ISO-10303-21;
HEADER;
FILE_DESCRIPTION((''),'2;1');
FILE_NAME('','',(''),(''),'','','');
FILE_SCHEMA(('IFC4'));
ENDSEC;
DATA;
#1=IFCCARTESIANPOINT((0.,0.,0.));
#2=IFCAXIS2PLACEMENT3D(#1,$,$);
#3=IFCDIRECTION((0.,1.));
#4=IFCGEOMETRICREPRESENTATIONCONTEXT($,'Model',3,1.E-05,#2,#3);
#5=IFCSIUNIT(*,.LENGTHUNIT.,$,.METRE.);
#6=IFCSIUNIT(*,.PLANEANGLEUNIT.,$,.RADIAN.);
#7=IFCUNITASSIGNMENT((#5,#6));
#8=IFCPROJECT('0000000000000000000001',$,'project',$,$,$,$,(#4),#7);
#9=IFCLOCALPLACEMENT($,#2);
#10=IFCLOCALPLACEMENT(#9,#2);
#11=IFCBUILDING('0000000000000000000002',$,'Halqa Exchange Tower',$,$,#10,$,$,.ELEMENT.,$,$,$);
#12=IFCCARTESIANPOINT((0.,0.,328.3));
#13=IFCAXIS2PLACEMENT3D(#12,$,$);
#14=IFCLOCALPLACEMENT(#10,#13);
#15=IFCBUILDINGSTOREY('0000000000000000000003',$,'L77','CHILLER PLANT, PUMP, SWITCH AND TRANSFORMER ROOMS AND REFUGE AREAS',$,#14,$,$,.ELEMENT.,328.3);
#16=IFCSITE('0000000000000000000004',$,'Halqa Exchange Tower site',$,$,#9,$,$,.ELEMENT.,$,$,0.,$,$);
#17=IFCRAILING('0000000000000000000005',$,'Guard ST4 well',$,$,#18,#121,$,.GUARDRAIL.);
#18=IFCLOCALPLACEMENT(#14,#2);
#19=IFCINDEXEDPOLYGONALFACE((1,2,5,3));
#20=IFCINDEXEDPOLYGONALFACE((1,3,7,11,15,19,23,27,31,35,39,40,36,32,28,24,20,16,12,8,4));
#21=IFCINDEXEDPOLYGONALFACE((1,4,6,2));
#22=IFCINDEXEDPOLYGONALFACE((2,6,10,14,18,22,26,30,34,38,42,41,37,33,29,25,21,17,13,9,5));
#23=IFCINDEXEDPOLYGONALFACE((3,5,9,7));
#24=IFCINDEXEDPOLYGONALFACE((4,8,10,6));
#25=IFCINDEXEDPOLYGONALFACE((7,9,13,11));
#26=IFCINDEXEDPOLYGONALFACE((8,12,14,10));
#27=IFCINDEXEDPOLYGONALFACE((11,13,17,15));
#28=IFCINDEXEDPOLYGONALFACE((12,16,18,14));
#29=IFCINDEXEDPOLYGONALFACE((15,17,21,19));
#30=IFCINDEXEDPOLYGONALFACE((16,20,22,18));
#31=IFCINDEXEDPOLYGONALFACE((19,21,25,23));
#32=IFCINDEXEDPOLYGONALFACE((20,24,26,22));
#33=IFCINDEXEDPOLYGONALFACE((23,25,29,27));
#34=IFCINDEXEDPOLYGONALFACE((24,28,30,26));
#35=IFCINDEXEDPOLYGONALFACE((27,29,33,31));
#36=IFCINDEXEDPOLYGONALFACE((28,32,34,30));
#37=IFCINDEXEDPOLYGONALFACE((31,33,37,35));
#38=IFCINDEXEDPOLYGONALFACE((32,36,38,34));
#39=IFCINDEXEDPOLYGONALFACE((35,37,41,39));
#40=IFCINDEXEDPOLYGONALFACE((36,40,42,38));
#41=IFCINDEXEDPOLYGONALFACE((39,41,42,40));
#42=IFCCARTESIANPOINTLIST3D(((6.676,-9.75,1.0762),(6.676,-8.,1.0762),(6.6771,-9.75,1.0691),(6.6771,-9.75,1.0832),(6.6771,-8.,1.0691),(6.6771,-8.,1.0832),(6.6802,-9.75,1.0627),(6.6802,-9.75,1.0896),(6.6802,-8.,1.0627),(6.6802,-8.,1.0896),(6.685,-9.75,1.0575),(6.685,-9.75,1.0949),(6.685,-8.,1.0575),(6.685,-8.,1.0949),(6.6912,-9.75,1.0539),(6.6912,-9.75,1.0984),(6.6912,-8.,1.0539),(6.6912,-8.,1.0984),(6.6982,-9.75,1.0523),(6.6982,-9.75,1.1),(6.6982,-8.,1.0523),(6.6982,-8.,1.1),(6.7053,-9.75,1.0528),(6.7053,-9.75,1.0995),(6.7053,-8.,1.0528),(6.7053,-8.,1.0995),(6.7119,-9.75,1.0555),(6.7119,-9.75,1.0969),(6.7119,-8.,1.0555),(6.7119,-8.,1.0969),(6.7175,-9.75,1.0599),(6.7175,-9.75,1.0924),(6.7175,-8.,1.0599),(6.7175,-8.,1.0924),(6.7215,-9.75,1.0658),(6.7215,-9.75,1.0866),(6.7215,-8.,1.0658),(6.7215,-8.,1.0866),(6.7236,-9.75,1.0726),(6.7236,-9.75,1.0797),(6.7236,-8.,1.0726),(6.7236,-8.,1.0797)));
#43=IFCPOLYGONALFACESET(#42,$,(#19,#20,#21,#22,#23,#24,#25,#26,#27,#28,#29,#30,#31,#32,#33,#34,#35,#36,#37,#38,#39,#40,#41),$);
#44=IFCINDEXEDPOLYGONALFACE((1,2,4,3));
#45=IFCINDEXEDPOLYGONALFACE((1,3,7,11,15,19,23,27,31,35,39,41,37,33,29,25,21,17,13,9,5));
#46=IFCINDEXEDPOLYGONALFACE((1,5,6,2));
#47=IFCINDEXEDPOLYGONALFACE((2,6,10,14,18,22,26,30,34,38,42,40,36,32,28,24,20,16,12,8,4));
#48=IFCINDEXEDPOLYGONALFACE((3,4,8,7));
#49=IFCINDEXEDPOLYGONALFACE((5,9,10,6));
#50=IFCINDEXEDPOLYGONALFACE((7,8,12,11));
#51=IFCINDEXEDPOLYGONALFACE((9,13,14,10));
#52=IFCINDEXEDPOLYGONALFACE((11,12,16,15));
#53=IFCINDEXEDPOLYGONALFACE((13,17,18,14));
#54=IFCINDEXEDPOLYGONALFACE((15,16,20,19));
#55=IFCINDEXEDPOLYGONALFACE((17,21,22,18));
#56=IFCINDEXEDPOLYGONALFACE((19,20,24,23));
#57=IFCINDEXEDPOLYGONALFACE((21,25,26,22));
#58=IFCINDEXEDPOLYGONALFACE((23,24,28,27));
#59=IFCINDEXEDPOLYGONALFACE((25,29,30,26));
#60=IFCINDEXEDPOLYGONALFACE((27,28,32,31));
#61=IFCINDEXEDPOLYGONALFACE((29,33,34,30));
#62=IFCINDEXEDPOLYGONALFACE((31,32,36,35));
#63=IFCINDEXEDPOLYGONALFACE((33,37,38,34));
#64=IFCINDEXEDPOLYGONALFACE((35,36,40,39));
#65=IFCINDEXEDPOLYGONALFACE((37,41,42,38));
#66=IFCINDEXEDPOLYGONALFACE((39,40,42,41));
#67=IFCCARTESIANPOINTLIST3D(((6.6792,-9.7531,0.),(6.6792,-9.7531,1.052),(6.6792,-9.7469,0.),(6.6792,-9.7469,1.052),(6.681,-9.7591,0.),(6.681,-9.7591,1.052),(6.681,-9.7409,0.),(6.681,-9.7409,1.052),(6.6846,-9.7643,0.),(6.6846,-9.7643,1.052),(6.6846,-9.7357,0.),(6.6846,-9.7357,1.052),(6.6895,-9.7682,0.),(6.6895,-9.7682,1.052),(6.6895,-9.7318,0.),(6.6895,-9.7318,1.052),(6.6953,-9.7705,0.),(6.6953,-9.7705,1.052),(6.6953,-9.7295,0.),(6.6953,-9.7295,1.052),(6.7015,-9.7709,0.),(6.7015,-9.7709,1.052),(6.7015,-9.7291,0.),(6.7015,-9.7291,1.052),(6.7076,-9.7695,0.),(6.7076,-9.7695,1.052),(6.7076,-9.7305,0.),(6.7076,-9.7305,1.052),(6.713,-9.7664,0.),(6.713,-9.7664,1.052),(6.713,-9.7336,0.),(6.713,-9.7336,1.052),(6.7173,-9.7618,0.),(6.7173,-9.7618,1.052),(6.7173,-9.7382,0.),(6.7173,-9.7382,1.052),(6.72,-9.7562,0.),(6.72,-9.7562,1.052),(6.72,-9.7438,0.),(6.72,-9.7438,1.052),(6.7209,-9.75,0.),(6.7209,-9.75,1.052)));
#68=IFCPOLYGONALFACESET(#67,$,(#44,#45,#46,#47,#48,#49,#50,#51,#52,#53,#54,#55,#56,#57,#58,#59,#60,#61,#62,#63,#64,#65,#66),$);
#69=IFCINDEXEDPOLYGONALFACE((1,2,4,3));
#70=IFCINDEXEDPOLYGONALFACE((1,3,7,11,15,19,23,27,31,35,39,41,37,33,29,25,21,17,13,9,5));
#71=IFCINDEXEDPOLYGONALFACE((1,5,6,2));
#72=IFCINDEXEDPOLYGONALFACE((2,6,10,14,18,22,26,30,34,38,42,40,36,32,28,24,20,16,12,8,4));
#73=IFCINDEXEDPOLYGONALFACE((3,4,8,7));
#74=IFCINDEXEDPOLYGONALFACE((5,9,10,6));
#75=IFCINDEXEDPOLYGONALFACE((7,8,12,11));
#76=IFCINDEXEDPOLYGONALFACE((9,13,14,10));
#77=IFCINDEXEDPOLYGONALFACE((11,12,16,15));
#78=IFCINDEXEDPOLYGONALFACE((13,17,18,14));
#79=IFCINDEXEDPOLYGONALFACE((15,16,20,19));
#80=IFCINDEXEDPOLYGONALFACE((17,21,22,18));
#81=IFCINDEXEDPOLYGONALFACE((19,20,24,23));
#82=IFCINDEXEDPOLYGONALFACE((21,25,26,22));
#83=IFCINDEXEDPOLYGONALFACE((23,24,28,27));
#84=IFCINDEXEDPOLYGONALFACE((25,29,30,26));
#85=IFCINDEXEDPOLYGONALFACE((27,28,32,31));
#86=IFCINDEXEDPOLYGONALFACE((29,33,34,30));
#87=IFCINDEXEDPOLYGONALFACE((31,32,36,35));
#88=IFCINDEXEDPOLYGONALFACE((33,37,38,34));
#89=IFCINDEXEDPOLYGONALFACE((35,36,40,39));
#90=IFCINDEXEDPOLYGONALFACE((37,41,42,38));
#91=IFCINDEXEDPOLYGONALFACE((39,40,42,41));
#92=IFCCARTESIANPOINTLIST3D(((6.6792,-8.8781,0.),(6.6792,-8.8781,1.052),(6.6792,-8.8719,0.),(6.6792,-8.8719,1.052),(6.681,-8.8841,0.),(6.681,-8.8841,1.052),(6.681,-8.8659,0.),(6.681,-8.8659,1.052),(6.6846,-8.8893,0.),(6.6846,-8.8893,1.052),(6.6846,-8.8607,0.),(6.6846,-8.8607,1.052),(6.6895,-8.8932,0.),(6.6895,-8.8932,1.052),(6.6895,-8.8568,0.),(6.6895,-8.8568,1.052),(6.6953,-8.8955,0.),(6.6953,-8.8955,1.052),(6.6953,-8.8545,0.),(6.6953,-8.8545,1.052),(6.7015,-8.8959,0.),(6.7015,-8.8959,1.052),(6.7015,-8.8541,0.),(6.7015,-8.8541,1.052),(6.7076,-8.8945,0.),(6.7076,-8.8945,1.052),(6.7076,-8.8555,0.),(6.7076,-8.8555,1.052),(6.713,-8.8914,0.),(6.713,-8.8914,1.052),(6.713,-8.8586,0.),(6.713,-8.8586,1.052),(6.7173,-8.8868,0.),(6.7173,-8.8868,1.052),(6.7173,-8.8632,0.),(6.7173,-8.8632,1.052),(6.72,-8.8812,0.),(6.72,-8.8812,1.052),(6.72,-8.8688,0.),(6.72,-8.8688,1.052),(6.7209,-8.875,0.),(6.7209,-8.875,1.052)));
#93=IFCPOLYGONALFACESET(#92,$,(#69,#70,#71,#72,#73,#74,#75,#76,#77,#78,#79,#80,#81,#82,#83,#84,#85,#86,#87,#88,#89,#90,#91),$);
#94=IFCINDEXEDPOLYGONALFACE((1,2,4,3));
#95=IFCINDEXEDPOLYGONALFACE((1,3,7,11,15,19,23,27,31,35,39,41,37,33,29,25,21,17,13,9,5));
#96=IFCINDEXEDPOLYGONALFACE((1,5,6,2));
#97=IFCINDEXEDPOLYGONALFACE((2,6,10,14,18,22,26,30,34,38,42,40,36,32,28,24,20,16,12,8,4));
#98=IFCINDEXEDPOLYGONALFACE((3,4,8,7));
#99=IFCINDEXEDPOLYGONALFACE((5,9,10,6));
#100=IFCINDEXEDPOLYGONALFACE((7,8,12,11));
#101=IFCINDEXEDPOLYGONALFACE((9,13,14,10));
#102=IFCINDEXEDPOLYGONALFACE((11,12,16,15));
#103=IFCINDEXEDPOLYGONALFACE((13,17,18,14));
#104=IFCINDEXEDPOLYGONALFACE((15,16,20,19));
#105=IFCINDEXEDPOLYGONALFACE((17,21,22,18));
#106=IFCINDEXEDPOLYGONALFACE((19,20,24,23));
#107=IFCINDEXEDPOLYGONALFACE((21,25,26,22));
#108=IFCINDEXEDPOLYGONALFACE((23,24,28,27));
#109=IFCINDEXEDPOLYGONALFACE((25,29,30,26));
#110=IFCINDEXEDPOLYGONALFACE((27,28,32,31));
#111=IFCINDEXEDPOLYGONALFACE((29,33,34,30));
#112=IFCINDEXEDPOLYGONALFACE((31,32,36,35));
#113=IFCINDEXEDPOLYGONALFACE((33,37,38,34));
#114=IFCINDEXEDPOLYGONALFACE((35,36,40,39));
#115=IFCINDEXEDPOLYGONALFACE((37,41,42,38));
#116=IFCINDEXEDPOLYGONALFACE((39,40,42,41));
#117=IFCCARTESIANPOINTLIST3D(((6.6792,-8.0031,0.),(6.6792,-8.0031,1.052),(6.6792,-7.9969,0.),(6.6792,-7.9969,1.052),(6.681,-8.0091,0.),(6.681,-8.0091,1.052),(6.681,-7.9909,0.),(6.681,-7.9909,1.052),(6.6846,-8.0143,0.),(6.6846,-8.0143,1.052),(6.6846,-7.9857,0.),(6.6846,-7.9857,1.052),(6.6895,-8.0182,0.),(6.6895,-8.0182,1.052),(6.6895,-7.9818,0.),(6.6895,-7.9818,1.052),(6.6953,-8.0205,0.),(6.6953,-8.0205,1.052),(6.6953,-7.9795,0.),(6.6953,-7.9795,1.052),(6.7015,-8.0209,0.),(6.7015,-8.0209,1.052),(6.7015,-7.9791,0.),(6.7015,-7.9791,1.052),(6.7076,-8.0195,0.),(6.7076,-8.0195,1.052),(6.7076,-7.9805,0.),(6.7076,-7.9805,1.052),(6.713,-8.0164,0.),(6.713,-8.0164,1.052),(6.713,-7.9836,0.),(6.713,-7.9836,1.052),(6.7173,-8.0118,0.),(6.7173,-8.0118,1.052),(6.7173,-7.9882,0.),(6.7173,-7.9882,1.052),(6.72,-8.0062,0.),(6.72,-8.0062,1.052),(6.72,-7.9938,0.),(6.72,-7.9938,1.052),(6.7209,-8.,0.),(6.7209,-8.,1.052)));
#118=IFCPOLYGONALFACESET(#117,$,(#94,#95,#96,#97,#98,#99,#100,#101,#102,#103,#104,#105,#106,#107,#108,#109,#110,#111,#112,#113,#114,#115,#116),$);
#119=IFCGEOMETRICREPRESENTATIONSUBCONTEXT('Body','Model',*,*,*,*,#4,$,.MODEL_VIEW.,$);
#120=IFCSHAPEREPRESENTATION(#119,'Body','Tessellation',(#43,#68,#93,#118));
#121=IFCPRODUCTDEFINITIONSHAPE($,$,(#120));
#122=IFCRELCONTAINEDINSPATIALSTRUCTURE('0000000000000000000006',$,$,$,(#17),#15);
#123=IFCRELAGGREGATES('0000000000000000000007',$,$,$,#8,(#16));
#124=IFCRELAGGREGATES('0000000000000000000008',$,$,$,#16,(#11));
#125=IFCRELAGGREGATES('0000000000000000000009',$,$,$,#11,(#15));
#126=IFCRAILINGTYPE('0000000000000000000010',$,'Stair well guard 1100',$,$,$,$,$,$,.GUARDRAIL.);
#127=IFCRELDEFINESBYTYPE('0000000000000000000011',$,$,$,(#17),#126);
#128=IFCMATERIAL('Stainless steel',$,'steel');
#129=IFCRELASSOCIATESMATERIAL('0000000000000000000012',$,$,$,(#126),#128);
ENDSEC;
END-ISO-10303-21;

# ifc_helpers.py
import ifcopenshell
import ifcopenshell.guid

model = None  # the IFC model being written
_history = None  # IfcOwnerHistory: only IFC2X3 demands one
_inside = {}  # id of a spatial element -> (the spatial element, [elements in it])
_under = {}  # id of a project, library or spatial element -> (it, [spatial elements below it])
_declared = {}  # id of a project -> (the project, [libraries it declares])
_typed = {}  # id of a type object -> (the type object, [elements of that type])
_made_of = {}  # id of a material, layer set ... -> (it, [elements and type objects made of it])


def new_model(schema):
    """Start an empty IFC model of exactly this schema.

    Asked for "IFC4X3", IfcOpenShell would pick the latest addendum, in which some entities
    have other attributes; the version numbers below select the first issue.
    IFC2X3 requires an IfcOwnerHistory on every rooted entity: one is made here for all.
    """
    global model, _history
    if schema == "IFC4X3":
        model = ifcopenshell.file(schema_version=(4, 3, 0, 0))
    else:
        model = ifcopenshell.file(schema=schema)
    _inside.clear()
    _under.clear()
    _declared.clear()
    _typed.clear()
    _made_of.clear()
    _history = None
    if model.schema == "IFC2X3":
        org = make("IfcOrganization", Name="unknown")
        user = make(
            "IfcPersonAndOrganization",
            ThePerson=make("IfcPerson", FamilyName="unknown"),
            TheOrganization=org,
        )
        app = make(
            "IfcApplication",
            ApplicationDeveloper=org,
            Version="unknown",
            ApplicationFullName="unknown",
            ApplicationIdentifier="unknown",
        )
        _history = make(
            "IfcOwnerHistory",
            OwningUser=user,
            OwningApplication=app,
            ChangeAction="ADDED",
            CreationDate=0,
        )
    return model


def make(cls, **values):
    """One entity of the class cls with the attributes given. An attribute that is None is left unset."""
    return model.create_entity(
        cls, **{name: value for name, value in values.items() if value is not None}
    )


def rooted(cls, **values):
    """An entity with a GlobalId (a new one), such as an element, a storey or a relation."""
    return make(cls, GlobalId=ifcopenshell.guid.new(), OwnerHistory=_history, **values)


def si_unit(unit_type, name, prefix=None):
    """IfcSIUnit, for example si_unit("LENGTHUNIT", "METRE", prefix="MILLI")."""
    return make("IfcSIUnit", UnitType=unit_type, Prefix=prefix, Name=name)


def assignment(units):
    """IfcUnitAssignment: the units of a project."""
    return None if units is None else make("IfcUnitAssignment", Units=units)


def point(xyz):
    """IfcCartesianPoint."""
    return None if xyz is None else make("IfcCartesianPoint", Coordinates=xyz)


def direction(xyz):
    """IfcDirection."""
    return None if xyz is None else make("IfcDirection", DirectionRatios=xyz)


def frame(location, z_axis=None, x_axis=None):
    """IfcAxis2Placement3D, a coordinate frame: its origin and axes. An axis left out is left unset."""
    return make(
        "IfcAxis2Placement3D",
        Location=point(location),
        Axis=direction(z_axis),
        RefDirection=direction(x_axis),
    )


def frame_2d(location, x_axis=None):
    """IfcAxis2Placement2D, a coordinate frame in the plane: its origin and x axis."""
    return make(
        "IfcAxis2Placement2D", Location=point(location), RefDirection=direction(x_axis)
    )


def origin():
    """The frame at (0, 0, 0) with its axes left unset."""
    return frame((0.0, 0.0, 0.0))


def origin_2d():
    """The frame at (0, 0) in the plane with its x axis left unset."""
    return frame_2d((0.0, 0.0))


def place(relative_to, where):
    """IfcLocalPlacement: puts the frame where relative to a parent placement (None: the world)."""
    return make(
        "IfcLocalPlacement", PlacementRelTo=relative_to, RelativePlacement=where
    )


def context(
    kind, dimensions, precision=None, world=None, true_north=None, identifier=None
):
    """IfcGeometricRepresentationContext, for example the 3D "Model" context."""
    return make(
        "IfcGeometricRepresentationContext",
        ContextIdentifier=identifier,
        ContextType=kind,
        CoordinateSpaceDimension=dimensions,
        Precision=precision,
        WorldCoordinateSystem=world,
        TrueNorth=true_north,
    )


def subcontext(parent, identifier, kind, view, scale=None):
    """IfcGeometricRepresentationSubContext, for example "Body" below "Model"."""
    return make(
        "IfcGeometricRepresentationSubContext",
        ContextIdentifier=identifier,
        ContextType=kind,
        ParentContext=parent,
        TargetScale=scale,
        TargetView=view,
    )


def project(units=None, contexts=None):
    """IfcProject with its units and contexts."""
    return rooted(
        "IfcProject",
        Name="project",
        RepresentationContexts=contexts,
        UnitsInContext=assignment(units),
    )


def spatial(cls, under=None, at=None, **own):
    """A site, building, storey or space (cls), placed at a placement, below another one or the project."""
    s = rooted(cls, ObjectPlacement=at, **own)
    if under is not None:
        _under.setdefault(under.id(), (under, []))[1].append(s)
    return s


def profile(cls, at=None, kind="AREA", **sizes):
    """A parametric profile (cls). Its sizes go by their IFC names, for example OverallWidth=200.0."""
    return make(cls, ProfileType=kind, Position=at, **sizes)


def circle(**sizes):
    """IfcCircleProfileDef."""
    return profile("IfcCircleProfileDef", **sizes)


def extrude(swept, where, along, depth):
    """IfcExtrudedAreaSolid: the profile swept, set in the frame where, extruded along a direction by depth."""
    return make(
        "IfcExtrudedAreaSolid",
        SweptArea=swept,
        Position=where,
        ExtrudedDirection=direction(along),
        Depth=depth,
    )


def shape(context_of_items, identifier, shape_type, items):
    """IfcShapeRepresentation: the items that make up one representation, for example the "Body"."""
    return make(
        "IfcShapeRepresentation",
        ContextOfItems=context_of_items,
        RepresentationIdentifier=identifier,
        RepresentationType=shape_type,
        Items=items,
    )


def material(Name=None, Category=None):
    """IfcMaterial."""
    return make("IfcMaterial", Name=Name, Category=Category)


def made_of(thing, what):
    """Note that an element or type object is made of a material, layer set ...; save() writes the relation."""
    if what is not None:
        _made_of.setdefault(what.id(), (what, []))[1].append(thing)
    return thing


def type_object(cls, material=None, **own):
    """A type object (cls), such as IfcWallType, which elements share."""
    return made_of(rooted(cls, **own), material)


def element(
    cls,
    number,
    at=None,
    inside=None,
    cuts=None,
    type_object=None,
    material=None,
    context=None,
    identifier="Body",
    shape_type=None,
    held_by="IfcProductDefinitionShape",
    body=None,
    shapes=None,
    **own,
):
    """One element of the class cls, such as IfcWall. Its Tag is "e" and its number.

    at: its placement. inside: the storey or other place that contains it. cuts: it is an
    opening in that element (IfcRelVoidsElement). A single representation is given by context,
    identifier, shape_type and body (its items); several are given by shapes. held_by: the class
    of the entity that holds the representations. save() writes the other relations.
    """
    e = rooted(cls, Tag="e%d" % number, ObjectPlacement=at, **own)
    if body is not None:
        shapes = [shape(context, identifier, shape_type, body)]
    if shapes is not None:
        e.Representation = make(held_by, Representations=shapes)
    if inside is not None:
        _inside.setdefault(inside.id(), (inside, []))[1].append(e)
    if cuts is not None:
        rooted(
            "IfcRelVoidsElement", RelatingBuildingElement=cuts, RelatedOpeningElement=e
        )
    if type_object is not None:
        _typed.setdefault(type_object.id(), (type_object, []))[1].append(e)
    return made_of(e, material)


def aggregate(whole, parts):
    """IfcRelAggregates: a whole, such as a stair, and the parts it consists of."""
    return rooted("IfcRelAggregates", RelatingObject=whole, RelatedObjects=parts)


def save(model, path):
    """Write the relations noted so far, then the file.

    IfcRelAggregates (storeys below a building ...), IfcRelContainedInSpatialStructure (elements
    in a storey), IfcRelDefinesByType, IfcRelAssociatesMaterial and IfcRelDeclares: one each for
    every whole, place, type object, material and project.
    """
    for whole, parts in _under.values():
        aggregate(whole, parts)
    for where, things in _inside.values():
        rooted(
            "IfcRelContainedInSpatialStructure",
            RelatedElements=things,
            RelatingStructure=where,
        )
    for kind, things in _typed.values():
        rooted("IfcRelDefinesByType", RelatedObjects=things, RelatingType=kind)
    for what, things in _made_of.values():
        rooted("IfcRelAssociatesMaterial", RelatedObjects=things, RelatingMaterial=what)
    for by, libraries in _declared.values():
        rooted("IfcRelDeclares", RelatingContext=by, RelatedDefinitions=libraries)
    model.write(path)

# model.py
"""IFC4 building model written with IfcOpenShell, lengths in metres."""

from ifc_helpers import new_model, si_unit, direction, frame, origin, origin_2d, place, context, subcontext, project, spatial, circle, extrude, material, type_object, element, save


model = new_model("IFC4")

# Units and contexts
model_context = context("Model", 3, precision=1e-05, world=origin(), true_north=direction((0.0, 1.0)))
body_context = subcontext(model_context, "Body", "Model", "MODEL_VIEW")
ifc_project = project(units=[si_unit("LENGTHUNIT", "METRE"), si_unit("PLANEANGLEUNIT", "RADIAN")], contexts=[model_context])

# Site, building, storey
site_placement = place(None, origin())
site = spatial("IfcSite", under=ifc_project, at=site_placement, Name="Halqa Exchange Tower site", CompositionType="ELEMENT", RefElevation=0.0)
building_placement = place(site_placement, origin())
building = spatial("IfcBuilding", under=site, at=building_placement, Name="Halqa Exchange Tower", CompositionType="ELEMENT")
storey_placement = place(building_placement, frame((0.0, 0.0, 328.3)))
storey = spatial("IfcBuildingStorey", under=building, at=storey_placement, Name="L77", Description="CHILLER PLANT, PUMP, SWITCH AND TRANSFORMER ROOMS AND REFUGE AREAS", CompositionType="ELEMENT", Elevation=328.3)

# Railing
ifc_material_1 = material(Name="Stainless steel", Category="steel")
railing_type_1 = type_object("IfcRailingType", Name="Stair well guard 1100", PredefinedType="GUARDRAIL", material=ifc_material_1)
railing_1_placement = place(storey_placement, frame((6.7, -9.75, 0.0)))
element("IfcRailing", 1, at=railing_1_placement, inside=storey, type_object=railing_type_1, Name="Guard ST4 well", PredefinedType="GUARDRAIL", context=body_context, shape_type="SweptSolid", body=[
    extrude(circle(Radius=0.0239, at=origin_2d()), frame((0.0, 0.0, 1.0762), z_axis=(0.0, 1.0, 0.0), x_axis=(-1.0, 0.0, 0.0)), (0.0, 0.0, 1.0), 1.75),
    extrude(circle(Radius=0.021, at=origin_2d()), origin(), (0.0, 0.0, 1.0), 1.052),
    extrude(circle(Radius=0.021, at=origin_2d()), frame((0.0, 0.875, 0.0)), (0.0, 0.0, 1.0), 1.052),
    extrude(circle(Radius=0.021, at=origin_2d()), frame((0.0, 1.75, 0.0)), (0.0, 0.0, 1.0), 1.052),
])

save(model, "model.ifc")
